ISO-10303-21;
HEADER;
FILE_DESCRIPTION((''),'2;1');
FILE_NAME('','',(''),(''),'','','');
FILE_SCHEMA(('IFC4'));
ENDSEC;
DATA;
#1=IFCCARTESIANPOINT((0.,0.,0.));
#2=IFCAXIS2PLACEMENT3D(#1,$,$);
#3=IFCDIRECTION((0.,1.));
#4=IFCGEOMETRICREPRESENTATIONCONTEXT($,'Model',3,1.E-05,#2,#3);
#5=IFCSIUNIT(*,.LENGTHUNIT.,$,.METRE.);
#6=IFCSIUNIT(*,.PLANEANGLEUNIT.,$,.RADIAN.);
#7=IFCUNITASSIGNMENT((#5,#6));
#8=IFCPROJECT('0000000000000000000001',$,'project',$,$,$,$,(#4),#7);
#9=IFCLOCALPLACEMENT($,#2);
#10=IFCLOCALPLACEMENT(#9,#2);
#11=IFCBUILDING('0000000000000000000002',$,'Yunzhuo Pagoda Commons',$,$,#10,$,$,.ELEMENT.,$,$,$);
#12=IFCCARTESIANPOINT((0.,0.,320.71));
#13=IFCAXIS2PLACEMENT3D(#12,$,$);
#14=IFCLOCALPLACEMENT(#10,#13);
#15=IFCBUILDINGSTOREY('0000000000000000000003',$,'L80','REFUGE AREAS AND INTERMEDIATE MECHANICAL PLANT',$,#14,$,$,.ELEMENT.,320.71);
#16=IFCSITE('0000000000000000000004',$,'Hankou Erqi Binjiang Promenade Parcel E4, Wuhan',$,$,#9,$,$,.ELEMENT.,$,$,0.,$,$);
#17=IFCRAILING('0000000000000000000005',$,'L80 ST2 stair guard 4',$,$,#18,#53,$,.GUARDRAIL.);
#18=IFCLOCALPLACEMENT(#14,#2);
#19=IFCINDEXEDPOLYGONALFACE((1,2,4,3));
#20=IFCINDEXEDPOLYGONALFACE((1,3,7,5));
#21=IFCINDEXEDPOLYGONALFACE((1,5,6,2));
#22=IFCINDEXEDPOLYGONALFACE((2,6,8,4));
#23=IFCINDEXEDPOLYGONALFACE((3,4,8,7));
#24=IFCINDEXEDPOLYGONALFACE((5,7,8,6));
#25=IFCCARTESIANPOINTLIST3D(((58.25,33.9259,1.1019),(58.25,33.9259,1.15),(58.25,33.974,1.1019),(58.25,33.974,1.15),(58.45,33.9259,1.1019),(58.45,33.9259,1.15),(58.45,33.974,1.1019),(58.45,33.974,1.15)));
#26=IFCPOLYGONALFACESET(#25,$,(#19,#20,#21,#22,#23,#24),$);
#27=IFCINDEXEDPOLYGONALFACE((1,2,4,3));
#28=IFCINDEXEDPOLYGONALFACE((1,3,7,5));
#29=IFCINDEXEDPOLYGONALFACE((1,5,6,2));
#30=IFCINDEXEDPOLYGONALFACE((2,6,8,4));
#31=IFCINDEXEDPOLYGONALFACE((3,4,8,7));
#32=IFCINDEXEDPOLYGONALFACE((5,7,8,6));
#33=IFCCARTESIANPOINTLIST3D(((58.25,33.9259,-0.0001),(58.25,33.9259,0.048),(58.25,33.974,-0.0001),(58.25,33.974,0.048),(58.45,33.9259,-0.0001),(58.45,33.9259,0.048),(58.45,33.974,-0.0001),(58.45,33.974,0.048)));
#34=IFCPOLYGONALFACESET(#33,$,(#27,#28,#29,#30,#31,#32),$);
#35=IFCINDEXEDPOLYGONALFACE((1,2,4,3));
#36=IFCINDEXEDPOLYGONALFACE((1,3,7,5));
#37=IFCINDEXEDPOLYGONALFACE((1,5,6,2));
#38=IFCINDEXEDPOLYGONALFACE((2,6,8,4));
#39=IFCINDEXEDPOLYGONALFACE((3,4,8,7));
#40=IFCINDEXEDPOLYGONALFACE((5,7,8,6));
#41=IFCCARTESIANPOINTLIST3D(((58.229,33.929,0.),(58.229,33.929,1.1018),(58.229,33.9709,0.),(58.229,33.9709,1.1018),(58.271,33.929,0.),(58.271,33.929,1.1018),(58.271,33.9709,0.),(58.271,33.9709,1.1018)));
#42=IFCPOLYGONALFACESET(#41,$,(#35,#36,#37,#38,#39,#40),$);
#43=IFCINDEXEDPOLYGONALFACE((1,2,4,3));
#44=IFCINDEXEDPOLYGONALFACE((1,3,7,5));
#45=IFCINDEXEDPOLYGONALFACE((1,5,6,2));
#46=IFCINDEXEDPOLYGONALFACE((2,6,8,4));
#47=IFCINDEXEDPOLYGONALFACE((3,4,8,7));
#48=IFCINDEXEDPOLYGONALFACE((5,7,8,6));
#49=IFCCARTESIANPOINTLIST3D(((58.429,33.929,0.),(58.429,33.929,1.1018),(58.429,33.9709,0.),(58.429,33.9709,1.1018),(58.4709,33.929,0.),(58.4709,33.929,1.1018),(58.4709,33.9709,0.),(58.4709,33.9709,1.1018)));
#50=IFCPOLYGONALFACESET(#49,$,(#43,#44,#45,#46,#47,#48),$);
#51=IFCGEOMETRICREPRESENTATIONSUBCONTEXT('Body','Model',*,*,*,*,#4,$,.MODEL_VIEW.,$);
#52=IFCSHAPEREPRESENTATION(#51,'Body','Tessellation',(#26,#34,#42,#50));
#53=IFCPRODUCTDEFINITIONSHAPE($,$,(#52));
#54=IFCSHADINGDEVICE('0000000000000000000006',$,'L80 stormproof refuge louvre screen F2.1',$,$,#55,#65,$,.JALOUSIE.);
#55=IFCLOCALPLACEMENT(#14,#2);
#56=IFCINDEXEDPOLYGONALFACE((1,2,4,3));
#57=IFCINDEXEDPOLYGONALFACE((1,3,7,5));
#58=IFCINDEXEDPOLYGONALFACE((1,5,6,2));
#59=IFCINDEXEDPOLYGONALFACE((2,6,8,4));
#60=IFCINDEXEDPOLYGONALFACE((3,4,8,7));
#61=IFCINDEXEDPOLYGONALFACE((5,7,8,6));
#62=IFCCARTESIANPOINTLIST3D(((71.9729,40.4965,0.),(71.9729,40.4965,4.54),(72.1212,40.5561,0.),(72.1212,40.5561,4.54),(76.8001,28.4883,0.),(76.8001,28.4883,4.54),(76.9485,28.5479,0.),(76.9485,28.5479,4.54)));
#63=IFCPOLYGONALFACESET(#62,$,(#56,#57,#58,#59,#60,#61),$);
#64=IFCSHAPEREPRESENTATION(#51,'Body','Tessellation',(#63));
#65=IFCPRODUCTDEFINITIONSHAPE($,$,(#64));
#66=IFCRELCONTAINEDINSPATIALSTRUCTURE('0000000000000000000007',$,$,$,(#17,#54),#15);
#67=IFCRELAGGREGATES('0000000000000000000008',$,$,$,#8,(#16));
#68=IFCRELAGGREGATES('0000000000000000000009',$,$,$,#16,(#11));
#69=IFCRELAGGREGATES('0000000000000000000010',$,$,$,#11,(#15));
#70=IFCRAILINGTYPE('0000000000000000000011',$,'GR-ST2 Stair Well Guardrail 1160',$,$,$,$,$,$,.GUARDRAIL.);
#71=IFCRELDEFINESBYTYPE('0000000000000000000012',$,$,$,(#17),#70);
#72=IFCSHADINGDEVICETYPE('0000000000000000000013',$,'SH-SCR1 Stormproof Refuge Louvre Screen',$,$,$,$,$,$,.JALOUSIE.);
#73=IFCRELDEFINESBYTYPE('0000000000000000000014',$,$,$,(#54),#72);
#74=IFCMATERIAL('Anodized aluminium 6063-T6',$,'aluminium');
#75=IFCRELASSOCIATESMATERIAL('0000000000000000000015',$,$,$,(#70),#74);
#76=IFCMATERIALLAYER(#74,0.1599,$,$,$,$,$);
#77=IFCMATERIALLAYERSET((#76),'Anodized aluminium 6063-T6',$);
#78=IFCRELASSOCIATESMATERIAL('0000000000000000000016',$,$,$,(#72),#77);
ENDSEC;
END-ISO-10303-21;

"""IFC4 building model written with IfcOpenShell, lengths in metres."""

from ifc_helpers import new_model, si_unit, direction, frame, origin, origin_2d, place, context, subcontext, project, spatial, rectangle, extrude, source, transform, mapped, material, layer, layer_set, type_object, element, save


model = new_model("IFC4")

# Units and contexts
model_context = context("Model", 3, precision=1e-05, world=origin(), true_north=direction((0.0, 1.0)))
body_context = subcontext(model_context, "Body", "Model", "MODEL_VIEW")
ifc_project = project(units=[si_unit("LENGTHUNIT", "METRE"), si_unit("PLANEANGLEUNIT", "RADIAN")], contexts=[model_context])

# Site, building, storey
site_placement = place(None, origin())
site = spatial("IfcSite", under=ifc_project, at=site_placement, Name="Hankou Erqi Binjiang Promenade Parcel E4, Wuhan", CompositionType="ELEMENT", RefElevation=0.0)
building_placement = place(site_placement, origin())
building = spatial("IfcBuilding", under=site, at=building_placement, Name="Yunzhuo Pagoda Commons", CompositionType="ELEMENT")
storey_placement = place(building_placement, frame((0.0, 0.0, 320.71)))
storey = spatial("IfcBuildingStorey", under=building, at=storey_placement, Name="L80", Description="REFUGE AREAS AND INTERMEDIATE MECHANICAL PLANT", CompositionType="ELEMENT", Elevation=320.71)

# Railing
ifc_material_1 = material(Name="Anodized aluminium 6063-T6", Category="aluminium")
railing_type_1 = type_object("IfcRailingType", Name="GR-ST2 Stair Well Guardrail 1160", PredefinedType="GUARDRAIL", material=ifc_material_1)
railing_1_placement = place(storey_placement, frame((58.25, 33.95, 0.0)))
element("IfcRailing", 1, at=railing_1_placement, inside=storey, type_object=railing_type_1, Name="L80 ST2 stair guard 4", PredefinedType="GUARDRAIL", context=body_context, shape_type="SweptSolid", body=[
    extrude(rectangle(XDim=0.0481, YDim=0.0481, at=origin_2d()), frame((0.0, 0.0, 1.126), z_axis=(1.0, 0.0, 0.0), x_axis=(0.0, 1.0, 0.0)), (0.0, 0.0, 1.0), 0.2),
    extrude(rectangle(XDim=0.0481, YDim=0.0481, at=origin_2d()), frame((0.0, 0.0, 0.0239), z_axis=(1.0, 0.0, 0.0), x_axis=(0.0, 1.0, 0.0)), (0.0, 0.0, 1.0), 0.2),
    extrude(rectangle(XDim=0.042, YDim=0.042, at=origin_2d()), origin(), (0.0, 0.0, 1.0), 1.1018),
    extrude(rectangle(XDim=0.042, YDim=0.042, at=origin_2d()), frame((0.2, 0.0, 0.0)), (0.0, 0.0, 1.0), 1.1018),
])

# Shading device
ifc_layer_1 = layer(ifc_material_1, 0.1599)
ifc_layer_set_1 = layer_set([ifc_layer_1], Name="Anodized aluminium 6063-T6")
shading_device_type = type_object("IfcShadingDeviceType", Name="SH-SCR1 Stormproof Refuge Louvre Screen", PredefinedType="JALOUSIE", material=ifc_layer_set_1)
shared_shape_1 = source(origin(), body_context, "Body", "SweptSolid", [
    extrude(rectangle(XDim=12.9421, YDim=0.1599, at=origin_2d()), origin(), (0.0, 0.0, 1.0), 4.54),
])
shading_device_placement = place(storey_placement, frame((74.4607, 34.5222, 0.0), z_axis=(0.0, 0.0, 1.0), x_axis=(-0.372988, 0.927836, 0.0)))
element("IfcShadingDevice", 2, at=shading_device_placement, inside=storey, type_object=shading_device_type, Name="L80 stormproof refuge louvre screen F2.1", PredefinedType="JALOUSIE", context=body_context, shape_type="MappedRepresentation", body=[
    mapped(shared_shape_1, transform((0.0, 0.0, 0.0), scale=1.0)),
])

save(model, "model.ifc")
